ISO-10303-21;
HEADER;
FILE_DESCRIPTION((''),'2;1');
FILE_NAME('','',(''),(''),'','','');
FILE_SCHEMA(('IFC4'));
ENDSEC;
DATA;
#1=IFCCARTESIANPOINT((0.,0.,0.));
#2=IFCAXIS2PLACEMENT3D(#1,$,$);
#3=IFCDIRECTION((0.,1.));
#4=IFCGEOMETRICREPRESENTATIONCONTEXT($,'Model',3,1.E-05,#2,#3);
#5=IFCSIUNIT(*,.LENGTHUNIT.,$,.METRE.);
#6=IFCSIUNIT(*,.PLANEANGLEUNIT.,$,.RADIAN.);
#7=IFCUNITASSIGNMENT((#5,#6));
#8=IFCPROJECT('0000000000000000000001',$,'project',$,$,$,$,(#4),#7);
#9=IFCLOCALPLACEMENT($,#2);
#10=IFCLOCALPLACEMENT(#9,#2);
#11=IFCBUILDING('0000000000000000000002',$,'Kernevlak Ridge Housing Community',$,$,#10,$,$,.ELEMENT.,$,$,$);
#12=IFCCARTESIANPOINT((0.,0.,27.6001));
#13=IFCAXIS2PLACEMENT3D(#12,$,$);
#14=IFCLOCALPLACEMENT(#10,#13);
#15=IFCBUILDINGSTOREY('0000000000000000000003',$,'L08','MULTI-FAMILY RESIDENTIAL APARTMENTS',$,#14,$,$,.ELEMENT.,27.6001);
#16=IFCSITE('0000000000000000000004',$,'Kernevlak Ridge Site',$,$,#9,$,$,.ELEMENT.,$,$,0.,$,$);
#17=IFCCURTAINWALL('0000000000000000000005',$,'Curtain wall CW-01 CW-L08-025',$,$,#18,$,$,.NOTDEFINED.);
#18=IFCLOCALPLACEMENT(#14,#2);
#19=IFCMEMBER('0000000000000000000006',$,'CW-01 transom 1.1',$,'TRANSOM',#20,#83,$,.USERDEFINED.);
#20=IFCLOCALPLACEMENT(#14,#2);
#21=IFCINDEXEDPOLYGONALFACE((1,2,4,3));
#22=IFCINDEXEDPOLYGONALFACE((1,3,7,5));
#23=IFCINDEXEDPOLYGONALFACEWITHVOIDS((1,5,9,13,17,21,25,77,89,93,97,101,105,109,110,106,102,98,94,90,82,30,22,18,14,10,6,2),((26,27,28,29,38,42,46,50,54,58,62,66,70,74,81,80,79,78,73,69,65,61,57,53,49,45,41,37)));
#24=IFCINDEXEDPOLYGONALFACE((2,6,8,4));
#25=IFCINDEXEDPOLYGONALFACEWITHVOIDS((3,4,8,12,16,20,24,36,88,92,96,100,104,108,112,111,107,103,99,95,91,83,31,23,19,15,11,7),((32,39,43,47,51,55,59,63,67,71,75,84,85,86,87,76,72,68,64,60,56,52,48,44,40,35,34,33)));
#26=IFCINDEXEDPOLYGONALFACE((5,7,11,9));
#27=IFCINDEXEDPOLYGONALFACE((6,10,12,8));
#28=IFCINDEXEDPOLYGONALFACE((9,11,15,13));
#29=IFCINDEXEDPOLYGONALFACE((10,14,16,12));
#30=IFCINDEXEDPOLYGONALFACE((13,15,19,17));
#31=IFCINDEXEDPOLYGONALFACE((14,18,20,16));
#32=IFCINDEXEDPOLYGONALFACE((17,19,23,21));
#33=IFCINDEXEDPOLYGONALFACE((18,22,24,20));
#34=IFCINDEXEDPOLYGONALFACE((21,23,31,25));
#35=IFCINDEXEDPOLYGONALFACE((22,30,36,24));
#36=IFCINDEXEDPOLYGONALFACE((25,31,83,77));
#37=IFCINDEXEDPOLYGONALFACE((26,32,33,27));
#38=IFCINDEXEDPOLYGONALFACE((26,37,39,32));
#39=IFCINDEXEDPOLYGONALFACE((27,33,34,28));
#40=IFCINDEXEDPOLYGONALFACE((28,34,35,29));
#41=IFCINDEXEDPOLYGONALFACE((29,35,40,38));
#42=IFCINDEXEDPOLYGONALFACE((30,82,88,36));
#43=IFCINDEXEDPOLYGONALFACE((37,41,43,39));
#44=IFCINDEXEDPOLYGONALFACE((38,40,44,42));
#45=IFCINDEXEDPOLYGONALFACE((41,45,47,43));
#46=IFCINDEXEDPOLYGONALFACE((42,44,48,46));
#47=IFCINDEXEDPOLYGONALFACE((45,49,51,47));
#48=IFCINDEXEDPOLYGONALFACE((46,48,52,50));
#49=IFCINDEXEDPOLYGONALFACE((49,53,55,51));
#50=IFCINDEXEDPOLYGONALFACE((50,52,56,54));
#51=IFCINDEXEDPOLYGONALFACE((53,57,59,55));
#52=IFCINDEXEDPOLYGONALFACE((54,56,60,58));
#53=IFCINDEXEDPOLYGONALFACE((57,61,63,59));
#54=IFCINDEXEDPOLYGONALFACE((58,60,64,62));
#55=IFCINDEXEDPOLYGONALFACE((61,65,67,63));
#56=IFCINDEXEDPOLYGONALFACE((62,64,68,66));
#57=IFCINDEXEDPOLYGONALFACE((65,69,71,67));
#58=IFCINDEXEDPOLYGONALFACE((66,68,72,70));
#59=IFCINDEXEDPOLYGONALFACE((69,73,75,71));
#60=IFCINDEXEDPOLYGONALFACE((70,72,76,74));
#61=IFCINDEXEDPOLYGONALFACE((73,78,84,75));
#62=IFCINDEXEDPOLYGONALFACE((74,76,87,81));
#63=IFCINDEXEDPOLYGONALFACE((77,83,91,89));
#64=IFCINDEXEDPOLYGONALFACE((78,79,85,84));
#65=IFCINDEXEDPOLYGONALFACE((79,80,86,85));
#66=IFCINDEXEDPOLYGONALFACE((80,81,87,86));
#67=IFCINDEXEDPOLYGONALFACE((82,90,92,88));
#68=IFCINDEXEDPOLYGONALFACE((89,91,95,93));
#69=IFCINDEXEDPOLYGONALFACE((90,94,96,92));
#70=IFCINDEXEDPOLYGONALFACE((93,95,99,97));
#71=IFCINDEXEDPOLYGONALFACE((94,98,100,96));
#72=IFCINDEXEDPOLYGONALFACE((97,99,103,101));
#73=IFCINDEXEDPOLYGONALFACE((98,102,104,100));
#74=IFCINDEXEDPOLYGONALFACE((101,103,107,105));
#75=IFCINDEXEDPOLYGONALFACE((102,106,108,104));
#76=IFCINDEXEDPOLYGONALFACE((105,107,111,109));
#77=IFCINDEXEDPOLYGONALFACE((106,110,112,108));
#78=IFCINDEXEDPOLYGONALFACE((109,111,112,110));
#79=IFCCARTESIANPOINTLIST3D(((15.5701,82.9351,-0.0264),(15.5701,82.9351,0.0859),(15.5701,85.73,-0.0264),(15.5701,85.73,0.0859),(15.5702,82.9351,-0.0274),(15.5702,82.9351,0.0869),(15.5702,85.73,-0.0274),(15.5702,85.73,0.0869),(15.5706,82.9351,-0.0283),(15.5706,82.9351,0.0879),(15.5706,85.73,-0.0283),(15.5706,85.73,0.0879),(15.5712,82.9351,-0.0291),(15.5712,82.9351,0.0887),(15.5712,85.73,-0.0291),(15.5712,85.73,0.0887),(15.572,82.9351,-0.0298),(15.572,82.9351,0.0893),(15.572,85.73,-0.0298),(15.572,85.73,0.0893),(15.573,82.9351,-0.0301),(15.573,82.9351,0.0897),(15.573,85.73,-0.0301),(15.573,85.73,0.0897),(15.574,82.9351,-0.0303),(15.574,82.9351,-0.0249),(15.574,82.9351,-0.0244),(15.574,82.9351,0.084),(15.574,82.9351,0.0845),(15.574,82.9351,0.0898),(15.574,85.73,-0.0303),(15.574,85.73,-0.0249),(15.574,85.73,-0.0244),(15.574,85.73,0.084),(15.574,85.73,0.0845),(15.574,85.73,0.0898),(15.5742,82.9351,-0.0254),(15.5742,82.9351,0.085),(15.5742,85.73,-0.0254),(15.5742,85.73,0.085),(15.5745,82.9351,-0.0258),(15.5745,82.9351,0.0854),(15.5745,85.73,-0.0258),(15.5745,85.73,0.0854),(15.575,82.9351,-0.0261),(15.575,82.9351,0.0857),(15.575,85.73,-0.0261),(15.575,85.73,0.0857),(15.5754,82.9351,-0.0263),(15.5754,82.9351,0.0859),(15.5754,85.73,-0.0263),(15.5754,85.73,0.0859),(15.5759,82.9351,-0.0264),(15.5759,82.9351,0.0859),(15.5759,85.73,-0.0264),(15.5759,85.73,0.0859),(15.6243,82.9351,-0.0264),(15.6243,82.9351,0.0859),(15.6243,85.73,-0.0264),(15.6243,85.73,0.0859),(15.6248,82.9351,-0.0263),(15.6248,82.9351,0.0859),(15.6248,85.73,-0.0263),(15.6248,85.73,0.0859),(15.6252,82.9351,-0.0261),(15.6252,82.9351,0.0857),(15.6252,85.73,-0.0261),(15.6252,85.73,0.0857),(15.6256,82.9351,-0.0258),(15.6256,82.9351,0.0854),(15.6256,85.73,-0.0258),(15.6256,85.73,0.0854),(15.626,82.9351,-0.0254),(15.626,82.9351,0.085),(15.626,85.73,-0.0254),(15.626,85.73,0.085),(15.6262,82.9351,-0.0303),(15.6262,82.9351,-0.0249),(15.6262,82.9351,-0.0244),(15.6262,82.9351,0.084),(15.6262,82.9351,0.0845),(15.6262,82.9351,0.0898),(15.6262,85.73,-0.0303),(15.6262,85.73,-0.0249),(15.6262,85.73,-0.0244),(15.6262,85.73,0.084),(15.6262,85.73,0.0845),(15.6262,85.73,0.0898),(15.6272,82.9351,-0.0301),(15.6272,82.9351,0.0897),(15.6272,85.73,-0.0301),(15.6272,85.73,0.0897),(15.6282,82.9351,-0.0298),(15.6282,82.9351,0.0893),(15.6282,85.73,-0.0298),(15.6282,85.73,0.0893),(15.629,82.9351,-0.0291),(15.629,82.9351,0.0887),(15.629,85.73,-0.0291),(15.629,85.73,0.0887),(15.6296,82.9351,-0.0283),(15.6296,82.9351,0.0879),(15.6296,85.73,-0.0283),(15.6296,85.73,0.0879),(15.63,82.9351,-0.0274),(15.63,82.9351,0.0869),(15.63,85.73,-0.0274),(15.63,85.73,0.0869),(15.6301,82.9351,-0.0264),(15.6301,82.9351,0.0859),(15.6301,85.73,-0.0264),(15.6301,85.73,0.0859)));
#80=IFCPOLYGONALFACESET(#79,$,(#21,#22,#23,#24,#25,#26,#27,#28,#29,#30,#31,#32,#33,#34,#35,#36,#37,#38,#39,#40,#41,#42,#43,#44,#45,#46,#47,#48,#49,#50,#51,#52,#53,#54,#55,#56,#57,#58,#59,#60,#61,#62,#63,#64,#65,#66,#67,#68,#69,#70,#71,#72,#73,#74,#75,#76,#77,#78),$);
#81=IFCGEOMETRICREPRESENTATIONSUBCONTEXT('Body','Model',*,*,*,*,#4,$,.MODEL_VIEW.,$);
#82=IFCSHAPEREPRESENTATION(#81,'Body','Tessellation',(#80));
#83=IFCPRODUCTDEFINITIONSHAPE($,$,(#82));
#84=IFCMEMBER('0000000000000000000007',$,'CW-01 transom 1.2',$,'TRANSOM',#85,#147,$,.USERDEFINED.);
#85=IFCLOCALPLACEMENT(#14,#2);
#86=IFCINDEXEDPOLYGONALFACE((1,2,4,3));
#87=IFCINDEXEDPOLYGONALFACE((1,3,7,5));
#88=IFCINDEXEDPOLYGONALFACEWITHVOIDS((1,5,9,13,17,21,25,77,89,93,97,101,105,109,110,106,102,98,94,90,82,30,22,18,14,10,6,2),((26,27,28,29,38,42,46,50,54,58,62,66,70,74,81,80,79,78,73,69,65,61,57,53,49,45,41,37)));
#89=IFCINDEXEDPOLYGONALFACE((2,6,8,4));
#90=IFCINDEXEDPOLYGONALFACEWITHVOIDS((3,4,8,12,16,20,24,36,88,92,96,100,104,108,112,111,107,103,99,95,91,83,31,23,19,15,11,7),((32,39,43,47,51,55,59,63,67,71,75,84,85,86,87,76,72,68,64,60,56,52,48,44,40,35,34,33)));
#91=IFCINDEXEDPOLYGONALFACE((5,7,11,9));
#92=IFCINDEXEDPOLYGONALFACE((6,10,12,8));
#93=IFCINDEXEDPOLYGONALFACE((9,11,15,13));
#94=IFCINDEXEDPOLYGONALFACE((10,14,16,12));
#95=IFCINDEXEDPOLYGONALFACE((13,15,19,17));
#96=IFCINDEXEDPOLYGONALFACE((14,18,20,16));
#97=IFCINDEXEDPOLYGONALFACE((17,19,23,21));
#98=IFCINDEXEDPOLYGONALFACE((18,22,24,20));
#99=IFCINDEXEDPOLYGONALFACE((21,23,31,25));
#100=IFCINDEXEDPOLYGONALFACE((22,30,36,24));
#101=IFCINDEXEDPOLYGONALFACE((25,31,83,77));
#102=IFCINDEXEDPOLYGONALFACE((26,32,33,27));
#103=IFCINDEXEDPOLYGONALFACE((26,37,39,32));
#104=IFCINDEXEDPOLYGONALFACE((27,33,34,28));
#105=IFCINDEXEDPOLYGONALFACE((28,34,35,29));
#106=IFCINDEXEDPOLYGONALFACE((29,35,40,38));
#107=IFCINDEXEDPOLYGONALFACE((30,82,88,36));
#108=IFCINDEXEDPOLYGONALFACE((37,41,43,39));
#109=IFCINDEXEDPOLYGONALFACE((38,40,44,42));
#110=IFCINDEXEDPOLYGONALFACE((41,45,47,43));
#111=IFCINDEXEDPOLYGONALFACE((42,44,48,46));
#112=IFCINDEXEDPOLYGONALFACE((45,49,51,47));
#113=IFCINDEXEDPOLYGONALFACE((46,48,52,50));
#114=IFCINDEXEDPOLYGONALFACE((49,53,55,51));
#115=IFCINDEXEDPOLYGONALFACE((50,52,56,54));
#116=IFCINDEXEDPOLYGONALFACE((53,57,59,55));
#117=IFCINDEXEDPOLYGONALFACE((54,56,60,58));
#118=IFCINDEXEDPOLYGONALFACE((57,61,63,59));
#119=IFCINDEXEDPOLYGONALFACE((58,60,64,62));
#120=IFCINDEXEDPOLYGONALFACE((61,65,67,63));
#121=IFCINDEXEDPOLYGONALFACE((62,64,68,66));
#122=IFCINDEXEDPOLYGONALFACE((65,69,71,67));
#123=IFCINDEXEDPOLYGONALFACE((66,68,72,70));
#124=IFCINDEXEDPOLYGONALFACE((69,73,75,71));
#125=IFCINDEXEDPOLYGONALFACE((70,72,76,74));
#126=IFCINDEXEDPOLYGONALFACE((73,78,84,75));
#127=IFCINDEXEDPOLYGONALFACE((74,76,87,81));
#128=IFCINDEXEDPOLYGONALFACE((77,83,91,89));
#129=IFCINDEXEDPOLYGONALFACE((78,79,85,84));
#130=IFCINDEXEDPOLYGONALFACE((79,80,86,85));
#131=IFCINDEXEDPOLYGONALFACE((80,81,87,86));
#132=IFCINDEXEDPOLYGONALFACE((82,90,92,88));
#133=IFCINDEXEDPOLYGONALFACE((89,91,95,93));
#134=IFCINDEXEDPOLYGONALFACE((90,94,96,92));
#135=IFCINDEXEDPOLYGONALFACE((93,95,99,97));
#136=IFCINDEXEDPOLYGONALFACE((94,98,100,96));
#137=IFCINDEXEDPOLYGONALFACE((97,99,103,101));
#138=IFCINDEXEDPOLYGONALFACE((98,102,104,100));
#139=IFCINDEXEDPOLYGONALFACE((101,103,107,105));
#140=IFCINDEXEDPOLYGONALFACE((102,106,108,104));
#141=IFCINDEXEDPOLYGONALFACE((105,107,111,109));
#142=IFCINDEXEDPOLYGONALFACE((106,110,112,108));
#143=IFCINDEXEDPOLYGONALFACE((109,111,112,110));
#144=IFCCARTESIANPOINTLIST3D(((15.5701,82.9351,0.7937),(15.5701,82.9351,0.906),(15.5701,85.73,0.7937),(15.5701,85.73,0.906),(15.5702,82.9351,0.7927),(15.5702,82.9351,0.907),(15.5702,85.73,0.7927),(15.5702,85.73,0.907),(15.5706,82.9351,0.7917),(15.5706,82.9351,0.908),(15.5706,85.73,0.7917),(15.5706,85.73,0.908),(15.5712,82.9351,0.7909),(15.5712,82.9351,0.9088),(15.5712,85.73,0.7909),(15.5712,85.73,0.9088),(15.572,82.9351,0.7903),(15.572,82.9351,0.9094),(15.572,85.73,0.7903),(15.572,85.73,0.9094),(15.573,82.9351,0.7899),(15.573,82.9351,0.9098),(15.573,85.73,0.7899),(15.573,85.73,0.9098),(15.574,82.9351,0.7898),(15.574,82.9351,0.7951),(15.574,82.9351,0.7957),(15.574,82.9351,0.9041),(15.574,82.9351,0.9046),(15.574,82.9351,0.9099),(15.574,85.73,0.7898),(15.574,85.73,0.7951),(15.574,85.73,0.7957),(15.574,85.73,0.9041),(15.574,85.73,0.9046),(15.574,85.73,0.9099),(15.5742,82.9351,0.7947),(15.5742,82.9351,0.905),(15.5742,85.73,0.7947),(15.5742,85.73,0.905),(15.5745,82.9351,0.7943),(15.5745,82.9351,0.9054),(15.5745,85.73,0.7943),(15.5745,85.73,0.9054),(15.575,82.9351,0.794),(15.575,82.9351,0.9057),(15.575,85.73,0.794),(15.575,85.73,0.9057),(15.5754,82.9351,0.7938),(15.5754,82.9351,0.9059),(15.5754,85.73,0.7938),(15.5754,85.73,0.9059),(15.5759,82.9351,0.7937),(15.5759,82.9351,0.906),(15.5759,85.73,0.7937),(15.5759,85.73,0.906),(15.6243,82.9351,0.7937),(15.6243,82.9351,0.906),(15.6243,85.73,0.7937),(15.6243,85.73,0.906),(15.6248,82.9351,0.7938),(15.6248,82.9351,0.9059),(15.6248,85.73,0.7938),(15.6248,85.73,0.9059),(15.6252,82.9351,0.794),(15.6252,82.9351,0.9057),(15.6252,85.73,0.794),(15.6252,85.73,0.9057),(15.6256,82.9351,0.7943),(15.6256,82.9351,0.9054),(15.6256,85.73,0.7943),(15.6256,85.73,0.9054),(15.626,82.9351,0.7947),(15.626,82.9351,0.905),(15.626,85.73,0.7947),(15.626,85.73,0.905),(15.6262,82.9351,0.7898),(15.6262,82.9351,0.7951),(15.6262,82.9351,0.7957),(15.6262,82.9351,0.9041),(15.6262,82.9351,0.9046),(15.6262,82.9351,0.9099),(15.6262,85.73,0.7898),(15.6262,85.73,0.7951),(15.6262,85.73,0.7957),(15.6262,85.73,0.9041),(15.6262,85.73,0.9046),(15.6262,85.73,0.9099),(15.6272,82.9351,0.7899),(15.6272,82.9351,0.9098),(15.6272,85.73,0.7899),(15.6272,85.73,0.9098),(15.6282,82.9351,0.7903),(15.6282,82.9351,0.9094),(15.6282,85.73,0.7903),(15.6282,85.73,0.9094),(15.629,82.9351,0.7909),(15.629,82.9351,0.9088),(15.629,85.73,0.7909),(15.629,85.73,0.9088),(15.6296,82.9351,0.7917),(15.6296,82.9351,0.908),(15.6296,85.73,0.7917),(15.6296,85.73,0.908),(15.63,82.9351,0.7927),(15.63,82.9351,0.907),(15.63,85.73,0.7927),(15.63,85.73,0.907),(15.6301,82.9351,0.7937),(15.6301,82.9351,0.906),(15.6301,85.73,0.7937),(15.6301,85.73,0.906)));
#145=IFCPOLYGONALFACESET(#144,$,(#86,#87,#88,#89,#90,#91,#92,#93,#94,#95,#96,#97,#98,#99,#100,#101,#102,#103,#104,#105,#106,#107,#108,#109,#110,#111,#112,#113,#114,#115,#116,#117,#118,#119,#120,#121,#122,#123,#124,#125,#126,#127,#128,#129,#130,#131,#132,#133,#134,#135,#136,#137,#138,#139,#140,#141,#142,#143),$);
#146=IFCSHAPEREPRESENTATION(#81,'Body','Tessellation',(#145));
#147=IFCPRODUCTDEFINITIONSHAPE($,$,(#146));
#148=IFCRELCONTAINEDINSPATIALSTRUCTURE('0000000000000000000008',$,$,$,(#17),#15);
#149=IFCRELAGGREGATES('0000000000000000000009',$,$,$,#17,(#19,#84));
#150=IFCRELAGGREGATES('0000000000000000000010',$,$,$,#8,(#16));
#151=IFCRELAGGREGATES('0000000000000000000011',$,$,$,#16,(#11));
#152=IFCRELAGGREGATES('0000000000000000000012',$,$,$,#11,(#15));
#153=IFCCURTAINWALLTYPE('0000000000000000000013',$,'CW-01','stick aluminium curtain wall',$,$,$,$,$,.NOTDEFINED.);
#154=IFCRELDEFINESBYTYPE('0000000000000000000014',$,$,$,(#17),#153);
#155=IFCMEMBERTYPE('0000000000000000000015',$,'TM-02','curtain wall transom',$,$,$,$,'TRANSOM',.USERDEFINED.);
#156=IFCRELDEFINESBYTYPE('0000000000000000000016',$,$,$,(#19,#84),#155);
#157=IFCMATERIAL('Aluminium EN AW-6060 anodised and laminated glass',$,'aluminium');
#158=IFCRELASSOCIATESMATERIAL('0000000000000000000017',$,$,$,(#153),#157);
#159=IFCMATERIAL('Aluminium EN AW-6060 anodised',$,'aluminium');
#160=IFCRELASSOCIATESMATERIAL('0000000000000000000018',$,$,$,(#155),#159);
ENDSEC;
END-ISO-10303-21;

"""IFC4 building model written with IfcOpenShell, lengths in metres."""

from ifc_helpers import new_model, si_unit, direction, frame, origin, origin_2d, place, context, subcontext, project, spatial, hollow_rectangle, extrude, material, material_profile, profile_set, type_object, element, aggregate, save


model = new_model("IFC4")

# Units and contexts
model_context = context("Model", 3, precision=1e-05, world=origin(), true_north=direction((0.0, 1.0)))
body_context = subcontext(model_context, "Body", "Model", "MODEL_VIEW")
ifc_project = project(units=[si_unit("LENGTHUNIT", "METRE"), si_unit("PLANEANGLEUNIT", "RADIAN")], contexts=[model_context])

# Site, building, storey
site_placement = place(None, origin())
site = spatial("IfcSite", under=ifc_project, at=site_placement, Name="Kernevlak Ridge Site", CompositionType="ELEMENT", RefElevation=0.0)
building_placement = place(site_placement, origin())
building = spatial("IfcBuilding", under=site, at=building_placement, Name="Kernevlak Ridge Housing Community", CompositionType="ELEMENT")
storey_placement = place(building_placement, frame((0.0, 0.0, 27.6001)))
storey = spatial("IfcBuildingStorey", under=building, at=storey_placement, Name="L08", Description="MULTI-FAMILY RESIDENTIAL APARTMENTS", CompositionType="ELEMENT", Elevation=27.6001)

# Curtain wall
ifc_material_1 = material(Name="Aluminium EN AW-6060 anodised and laminated glass", Category="aluminium")
curtain_wall_type = type_object("IfcCurtainWallType", Name="CW-01", Description="stick aluminium curtain wall", PredefinedType="NOTDEFINED", material=ifc_material_1)
curtain_wall_placement = place(storey_placement, origin())
curtain_wall = element("IfcCurtainWall", 1, at=curtain_wall_placement, inside=storey, type_object=curtain_wall_type, Name="Curtain wall CW-01 CW-L08-025", PredefinedType="NOTDEFINED")
ifc_material_2 = material(Name="Aluminium EN AW-6060 anodised", Category="aluminium")

# Members
ifc_material_profile_1 = material_profile(ifc_material_2, hollow_rectangle(XDim=0.0601, YDim=0.1201, WallThickness=0.0039, InnerFilletRadius=0.002, OuterFilletRadius=0.0039, at=origin_2d()), Name="ALU 60x120x4")
ifc_profile_set_1 = profile_set([ifc_material_profile_1], Name="Aluminium EN AW-6060 anodised")
member_type_1 = type_object("IfcMemberType", Name="TM-02", Description="curtain wall transom", ElementType="TRANSOM", PredefinedType="USERDEFINED", material=ifc_profile_set_1)
member_1_placement = place(storey_placement, frame((15.6001, 82.9351, 0.0298), z_axis=(0.0, 1.0, 0.0), x_axis=(-1.0, 0.0, 0.0)))
member_1 = element("IfcMember", 2, at=member_1_placement, type_object=member_type_1, Name="CW-01 transom 1.1", ObjectType="TRANSOM", PredefinedType="USERDEFINED", context=body_context, shape_type="SweptSolid", body=[
    extrude(hollow_rectangle(XDim=0.0601, YDim=0.1201, WallThickness=0.0039, InnerFilletRadius=0.002, OuterFilletRadius=0.0039, at=origin_2d()), origin(), (0.0, 0.0, 1.0), 2.7949),
])
member_2_placement = place(storey_placement, frame((15.6001, 82.9351, 0.8499), z_axis=(0.0, 1.0, 0.0), x_axis=(-1.0, 0.0, 0.0)))
member_2 = element("IfcMember", 3, at=member_2_placement, type_object=member_type_1, Name="CW-01 transom 1.2", ObjectType="TRANSOM", PredefinedType="USERDEFINED", context=body_context, shape_type="SweptSolid", body=[
    extrude(hollow_rectangle(XDim=0.0601, YDim=0.1201, WallThickness=0.0039, InnerFilletRadius=0.002, OuterFilletRadius=0.0039, at=origin_2d()), origin(), (0.0, 0.0, 1.0), 2.7949),
])
aggregate(curtain_wall, [member_1, member_2])

save(model, "model.ifc")
